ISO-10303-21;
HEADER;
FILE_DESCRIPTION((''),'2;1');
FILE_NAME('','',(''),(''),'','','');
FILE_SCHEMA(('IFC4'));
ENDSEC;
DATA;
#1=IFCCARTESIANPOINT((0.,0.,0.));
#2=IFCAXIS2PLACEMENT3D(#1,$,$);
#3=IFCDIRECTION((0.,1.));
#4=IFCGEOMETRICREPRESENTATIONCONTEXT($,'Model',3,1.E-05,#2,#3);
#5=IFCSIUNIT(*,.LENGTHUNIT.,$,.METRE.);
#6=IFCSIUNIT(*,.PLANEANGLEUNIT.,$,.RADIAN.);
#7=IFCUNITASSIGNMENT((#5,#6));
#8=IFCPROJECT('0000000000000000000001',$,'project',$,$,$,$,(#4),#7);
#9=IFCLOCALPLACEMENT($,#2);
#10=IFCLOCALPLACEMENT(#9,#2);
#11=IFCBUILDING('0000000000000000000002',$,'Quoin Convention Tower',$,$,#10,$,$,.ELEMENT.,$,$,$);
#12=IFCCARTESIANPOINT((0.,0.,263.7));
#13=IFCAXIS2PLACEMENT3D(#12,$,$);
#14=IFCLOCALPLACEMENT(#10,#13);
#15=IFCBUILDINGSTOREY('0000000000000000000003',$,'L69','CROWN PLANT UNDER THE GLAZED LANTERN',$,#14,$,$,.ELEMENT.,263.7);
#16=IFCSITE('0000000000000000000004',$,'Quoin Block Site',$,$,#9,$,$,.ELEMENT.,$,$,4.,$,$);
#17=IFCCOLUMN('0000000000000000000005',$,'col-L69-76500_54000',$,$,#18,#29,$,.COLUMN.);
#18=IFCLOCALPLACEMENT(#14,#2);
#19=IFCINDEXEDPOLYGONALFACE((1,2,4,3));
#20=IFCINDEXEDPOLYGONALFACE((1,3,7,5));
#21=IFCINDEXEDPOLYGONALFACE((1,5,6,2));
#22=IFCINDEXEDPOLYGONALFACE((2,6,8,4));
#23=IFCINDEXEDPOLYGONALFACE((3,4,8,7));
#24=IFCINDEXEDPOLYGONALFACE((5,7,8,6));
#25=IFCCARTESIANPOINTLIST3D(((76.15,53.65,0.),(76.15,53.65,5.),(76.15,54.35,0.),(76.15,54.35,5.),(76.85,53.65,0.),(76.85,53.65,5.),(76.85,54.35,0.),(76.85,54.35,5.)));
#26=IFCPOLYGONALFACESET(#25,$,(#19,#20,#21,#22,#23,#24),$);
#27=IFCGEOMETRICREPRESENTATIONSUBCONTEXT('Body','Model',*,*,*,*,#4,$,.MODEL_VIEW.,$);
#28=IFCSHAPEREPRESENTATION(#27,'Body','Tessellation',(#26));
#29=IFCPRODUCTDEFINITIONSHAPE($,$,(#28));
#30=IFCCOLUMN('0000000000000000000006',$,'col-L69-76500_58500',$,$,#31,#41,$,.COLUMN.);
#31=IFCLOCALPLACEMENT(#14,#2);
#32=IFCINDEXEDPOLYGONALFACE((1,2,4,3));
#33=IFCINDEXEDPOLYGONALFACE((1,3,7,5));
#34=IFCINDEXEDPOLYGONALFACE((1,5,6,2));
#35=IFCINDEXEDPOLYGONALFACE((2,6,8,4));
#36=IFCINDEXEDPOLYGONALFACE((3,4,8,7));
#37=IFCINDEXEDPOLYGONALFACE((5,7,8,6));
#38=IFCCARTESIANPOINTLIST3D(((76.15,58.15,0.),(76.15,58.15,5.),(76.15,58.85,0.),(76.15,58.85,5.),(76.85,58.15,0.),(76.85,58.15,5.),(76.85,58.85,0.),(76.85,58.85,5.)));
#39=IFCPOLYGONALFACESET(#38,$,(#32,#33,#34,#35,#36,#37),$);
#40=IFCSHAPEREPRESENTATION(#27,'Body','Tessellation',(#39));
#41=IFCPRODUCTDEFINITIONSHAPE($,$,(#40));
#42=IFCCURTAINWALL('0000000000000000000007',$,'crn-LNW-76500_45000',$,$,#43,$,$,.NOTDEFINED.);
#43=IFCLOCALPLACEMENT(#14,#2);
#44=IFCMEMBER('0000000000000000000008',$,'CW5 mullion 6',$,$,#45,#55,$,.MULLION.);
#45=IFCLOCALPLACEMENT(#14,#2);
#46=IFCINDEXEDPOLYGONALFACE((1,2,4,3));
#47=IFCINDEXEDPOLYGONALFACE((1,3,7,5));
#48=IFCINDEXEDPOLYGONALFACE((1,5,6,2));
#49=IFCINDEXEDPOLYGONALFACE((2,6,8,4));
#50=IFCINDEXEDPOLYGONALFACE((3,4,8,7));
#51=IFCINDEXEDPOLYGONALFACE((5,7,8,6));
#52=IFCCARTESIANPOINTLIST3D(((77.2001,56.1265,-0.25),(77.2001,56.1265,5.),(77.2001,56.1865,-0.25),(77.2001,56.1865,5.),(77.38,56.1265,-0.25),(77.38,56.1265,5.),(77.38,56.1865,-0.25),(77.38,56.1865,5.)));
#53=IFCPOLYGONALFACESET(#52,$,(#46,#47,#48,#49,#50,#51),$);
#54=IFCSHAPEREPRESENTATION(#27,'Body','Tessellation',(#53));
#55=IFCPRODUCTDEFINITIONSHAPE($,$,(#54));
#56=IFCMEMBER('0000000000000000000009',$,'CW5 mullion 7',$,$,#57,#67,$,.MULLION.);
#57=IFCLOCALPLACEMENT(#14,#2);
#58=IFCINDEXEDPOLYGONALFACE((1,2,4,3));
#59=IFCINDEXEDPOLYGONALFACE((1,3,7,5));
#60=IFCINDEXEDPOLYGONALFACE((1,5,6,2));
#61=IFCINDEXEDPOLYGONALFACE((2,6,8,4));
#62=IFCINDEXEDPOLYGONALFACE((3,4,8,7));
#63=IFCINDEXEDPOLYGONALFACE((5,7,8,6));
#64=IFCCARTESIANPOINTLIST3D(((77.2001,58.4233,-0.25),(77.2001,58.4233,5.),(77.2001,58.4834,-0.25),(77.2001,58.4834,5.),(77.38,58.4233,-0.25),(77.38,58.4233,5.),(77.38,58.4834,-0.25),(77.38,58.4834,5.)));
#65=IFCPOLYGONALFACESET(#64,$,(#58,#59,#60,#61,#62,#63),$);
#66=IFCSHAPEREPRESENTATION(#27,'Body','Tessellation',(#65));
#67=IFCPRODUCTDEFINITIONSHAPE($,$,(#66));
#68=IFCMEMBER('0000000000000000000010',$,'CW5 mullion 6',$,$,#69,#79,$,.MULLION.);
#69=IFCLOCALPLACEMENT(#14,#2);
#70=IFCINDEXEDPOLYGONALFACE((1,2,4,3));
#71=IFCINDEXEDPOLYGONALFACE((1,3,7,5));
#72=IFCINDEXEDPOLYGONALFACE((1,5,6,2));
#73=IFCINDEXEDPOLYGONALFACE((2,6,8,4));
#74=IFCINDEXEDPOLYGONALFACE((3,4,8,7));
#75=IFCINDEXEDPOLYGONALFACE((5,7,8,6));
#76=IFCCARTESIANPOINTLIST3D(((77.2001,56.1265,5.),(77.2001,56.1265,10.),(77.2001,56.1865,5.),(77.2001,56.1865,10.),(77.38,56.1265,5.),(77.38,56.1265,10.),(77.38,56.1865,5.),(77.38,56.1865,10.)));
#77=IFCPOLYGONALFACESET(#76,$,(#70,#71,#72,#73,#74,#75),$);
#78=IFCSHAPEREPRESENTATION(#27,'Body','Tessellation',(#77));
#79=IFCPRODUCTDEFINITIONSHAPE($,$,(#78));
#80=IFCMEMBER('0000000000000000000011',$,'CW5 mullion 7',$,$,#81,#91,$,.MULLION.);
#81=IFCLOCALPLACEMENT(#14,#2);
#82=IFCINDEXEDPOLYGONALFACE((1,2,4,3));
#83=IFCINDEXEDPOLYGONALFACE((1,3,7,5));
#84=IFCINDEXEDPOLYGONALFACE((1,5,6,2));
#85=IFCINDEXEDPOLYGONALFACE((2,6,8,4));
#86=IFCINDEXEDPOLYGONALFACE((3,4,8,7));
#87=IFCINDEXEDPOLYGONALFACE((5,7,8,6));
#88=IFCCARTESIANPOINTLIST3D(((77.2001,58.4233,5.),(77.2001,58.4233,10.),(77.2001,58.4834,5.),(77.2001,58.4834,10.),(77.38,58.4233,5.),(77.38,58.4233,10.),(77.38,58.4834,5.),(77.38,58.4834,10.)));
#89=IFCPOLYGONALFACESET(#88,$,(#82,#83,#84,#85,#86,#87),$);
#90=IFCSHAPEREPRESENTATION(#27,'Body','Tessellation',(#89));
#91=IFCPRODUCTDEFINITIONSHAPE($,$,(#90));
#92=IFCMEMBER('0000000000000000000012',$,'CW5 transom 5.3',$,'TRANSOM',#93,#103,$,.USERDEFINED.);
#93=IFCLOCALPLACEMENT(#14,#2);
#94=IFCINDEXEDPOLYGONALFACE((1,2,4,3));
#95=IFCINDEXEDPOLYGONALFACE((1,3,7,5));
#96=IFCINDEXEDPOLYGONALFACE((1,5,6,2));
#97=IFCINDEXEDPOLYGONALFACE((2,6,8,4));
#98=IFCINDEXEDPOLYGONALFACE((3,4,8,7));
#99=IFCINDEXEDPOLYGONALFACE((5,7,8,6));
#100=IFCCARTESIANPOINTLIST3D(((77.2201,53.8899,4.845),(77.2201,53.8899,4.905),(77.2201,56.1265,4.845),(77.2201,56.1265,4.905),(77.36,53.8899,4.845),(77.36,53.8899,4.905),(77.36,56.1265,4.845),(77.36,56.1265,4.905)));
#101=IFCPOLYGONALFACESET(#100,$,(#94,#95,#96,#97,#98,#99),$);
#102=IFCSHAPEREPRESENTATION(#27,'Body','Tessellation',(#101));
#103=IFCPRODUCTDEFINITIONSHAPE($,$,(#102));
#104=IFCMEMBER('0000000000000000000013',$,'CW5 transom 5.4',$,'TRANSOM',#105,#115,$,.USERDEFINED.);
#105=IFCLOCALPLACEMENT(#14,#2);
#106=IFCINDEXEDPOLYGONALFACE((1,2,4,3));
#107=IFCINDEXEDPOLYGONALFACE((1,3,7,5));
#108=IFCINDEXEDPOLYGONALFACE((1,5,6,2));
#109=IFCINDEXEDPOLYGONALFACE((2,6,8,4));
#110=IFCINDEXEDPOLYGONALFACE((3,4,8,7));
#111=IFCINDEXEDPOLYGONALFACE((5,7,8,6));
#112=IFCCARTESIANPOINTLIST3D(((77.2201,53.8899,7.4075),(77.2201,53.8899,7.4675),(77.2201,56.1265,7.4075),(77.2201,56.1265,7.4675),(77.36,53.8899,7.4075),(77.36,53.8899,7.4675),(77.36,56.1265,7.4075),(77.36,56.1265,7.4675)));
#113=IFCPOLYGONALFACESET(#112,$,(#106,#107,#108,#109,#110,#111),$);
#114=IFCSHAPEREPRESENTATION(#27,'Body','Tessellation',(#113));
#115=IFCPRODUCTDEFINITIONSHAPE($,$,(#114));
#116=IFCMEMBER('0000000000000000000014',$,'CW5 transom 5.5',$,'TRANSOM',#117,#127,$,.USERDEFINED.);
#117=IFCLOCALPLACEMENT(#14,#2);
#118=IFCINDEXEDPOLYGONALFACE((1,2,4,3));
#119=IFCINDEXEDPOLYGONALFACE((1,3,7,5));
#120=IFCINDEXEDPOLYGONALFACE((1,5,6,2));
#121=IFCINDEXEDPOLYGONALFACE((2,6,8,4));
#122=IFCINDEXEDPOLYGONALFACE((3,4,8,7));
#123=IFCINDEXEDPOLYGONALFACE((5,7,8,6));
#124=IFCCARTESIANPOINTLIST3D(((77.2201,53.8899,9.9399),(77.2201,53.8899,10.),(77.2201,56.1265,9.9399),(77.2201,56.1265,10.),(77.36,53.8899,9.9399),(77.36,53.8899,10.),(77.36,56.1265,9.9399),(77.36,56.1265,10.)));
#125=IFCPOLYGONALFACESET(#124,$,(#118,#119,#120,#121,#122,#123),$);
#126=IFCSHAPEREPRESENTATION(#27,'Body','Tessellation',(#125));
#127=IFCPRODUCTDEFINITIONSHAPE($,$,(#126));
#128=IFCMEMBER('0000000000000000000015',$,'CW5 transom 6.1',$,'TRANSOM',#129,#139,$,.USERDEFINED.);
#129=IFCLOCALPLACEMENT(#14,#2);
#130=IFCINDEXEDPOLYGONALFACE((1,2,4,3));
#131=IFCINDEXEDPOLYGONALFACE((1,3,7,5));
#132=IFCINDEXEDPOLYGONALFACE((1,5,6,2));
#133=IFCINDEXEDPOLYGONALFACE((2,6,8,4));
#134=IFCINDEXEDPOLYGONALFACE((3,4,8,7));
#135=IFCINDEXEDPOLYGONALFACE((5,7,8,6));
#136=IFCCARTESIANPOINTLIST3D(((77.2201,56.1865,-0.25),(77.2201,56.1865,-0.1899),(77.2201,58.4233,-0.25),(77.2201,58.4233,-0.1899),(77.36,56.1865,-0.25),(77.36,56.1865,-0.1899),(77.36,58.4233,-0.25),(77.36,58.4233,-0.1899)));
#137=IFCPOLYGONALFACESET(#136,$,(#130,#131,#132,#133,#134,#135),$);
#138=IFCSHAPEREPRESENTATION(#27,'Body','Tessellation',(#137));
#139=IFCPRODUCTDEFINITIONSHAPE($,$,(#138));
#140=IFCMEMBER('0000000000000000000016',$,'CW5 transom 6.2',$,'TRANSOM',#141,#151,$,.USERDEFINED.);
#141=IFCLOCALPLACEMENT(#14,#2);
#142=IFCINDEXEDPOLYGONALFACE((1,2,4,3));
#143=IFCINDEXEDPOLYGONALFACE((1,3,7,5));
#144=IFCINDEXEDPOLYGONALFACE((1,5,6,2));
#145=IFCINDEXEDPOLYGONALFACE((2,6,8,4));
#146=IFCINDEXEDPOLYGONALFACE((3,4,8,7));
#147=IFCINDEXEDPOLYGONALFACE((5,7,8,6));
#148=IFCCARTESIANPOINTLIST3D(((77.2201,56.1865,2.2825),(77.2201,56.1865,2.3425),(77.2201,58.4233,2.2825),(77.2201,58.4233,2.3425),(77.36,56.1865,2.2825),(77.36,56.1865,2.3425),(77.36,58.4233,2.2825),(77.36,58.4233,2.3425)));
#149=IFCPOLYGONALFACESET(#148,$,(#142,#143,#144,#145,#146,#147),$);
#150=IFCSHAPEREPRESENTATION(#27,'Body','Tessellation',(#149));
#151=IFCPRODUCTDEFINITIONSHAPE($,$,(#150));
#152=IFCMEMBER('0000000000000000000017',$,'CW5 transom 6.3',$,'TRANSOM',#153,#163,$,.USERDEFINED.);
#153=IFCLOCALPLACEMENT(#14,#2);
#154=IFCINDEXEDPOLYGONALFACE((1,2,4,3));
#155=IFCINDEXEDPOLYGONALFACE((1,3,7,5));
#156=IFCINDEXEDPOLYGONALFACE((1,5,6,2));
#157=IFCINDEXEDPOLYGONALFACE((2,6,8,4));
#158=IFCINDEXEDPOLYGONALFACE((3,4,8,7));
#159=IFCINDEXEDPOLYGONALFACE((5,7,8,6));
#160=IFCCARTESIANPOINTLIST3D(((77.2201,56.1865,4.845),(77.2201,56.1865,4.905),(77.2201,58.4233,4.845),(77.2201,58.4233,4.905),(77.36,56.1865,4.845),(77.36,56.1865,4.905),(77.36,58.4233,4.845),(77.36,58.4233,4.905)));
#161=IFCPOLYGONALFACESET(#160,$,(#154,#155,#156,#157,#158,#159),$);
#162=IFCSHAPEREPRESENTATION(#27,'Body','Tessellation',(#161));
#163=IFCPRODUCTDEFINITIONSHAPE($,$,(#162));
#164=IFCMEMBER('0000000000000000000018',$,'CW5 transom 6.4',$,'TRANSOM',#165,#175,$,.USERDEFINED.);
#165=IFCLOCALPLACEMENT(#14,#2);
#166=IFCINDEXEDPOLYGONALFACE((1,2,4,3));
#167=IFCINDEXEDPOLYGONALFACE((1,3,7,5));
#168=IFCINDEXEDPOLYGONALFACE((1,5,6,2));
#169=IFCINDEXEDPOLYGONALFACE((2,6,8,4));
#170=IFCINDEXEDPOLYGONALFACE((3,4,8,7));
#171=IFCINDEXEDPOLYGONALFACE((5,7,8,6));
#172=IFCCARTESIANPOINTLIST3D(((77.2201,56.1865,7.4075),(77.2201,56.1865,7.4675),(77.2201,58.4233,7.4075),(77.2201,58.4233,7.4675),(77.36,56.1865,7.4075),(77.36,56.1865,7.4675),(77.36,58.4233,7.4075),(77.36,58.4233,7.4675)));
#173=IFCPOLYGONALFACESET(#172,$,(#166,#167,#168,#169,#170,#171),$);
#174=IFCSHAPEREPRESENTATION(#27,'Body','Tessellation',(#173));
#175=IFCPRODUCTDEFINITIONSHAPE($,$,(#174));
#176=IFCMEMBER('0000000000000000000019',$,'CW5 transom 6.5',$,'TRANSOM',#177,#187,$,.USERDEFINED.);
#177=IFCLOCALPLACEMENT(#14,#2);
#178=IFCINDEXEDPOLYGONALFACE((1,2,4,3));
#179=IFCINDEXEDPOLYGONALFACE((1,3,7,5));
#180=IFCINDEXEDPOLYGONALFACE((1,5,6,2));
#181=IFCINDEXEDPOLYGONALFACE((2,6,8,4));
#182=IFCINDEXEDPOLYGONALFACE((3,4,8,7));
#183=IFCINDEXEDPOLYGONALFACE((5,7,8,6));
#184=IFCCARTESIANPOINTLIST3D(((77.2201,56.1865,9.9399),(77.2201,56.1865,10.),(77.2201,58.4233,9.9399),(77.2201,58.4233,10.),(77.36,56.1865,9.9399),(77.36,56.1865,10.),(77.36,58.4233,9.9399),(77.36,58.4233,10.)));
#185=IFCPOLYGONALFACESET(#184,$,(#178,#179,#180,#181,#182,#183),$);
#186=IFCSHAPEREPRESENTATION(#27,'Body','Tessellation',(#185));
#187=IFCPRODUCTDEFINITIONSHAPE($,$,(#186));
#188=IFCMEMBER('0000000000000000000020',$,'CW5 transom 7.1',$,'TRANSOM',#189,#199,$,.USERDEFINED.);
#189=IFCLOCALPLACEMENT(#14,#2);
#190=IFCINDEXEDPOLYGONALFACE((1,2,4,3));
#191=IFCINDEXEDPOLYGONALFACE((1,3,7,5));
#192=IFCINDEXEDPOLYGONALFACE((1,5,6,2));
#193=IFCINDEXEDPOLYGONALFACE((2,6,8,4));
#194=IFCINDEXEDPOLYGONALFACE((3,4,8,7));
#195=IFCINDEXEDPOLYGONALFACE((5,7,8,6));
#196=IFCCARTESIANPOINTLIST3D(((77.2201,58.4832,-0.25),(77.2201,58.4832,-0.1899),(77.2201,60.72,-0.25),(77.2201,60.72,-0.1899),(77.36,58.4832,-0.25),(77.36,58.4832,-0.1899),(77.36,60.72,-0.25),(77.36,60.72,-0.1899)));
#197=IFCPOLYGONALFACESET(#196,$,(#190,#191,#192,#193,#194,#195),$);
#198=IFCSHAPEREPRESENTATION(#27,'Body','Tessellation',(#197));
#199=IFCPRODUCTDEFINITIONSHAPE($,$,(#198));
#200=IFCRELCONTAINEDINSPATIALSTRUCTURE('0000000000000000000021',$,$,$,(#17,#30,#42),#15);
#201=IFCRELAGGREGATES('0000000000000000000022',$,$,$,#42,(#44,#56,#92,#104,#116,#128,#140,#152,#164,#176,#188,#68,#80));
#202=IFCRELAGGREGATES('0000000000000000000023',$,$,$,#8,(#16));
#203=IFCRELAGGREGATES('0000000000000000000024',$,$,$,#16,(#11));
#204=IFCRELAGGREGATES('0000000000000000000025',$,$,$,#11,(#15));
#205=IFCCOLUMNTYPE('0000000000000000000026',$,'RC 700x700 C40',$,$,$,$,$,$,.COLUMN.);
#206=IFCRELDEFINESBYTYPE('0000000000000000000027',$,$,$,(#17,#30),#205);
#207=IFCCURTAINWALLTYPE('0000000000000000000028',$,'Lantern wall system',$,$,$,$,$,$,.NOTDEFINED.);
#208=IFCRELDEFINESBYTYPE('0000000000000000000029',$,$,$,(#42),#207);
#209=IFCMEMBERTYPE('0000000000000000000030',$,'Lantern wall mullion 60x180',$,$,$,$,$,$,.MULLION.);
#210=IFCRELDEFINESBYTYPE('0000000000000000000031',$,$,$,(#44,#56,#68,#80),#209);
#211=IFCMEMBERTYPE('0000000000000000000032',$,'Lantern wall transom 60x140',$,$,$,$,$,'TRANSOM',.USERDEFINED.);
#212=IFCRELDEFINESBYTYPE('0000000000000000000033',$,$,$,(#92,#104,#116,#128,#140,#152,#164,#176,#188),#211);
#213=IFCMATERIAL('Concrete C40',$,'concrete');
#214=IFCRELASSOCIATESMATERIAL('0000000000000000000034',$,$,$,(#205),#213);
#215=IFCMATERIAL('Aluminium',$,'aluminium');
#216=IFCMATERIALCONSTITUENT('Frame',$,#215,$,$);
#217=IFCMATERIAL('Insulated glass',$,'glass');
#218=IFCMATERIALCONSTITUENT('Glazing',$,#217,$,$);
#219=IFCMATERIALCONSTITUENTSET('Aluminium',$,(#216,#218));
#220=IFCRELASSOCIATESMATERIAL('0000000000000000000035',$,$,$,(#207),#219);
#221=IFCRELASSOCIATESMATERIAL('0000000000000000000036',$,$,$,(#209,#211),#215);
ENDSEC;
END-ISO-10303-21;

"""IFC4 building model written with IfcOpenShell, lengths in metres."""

from ifc_helpers import new_model, si_unit, direction, frame, origin, origin_2d, place, context, subcontext, project, spatial, rectangle, extrude, material, constituent, constituent_set, material_profile, profile_set, type_object, element, aggregate, save


model = new_model("IFC4")

# Units and contexts
model_context = context("Model", 3, precision=1e-05, world=origin(), true_north=direction((0.0, 1.0)))
body_context = subcontext(model_context, "Body", "Model", "MODEL_VIEW")
ifc_project = project(units=[si_unit("LENGTHUNIT", "METRE"), si_unit("PLANEANGLEUNIT", "RADIAN")], contexts=[model_context])

# Site, building, storey
site_placement = place(None, origin())
site = spatial("IfcSite", under=ifc_project, at=site_placement, Name="Quoin Block Site", CompositionType="ELEMENT", RefElevation=4.0)
building_placement = place(site_placement, origin())
building = spatial("IfcBuilding", under=site, at=building_placement, Name="Quoin Convention Tower", CompositionType="ELEMENT")
storey_placement = place(building_placement, frame((0.0, 0.0, 263.7)))
storey = spatial("IfcBuildingStorey", under=building, at=storey_placement, Name="L69", Description="CROWN PLANT UNDER THE GLAZED LANTERN", CompositionType="ELEMENT", Elevation=263.7)

# Columns
ifc_material_1 = material(Name="Concrete C40", Category="concrete")
ifc_material_profile_1 = material_profile(ifc_material_1, rectangle(XDim=0.7, YDim=0.7, at=origin_2d()), Name="RC 700x700")
ifc_profile_set_1 = profile_set([ifc_material_profile_1], Name="Concrete C40")
column_type = type_object("IfcColumnType", Name="RC 700x700 C40", PredefinedType="COLUMN", material=ifc_profile_set_1)
for number, where, z_axis, x_axis, name in (
    (1, (76.5, 54.0, 0.0), (0.0, 0.0, 1.0), (1.0, 0.0, 0.0), "col-L69-76500_54000"),
    (2, (76.5, 58.5, 0.0), (0.0, 0.0, 1.0), (1.0, 0.0, 0.0), "col-L69-76500_58500"),
):
    element("IfcColumn", number, at=place(storey_placement, frame(where, z_axis=z_axis, x_axis=x_axis)), inside=storey, type_object=column_type, Name=name, PredefinedType="COLUMN", context=body_context, shape_type="SweptSolid", body=[
        extrude(rectangle(XDim=0.7, YDim=0.7, at=origin_2d()), origin(), (0.0, 0.0, 1.0), 5.0),
    ])

# Curtain wall, members
ifc_material_2 = material(Name="Aluminium", Category="aluminium")
ifc_constituent_1 = constituent(ifc_material_2, Name="Frame")
ifc_material_3 = material(Name="Insulated glass", Category="glass")
ifc_constituent_2 = constituent(ifc_material_3, Name="Glazing")
ifc_constituent_set = constituent_set(constituents=[ifc_constituent_1, ifc_constituent_2], Name="Aluminium")
curtain_wall_type = type_object("IfcCurtainWallType", Name="Lantern wall system", PredefinedType="NOTDEFINED", material=ifc_constituent_set)
curtain_wall_placement = place(storey_placement, origin())
curtain_wall = element("IfcCurtainWall", 3, at=curtain_wall_placement, inside=storey, type_object=curtain_wall_type, Name="crn-LNW-76500_45000", PredefinedType="NOTDEFINED")
ifc_material_profile_2 = material_profile(ifc_material_2, rectangle(XDim=0.1799, YDim=0.0601, at=origin_2d()), Name="Lantern wall mullion 60x180")
ifc_profile_set_2 = profile_set([ifc_material_profile_2], Name="Aluminium")
member_type_1 = type_object("IfcMemberType", Name="Lantern wall mullion 60x180", PredefinedType="MULLION", material=ifc_profile_set_2)
member_1_placement = place(storey_placement, frame((77.29, 56.1565, -0.25), z_axis=(0.0, 0.0, 1.0), x_axis=(-1.0, 0.0, 0.0)))
member_1 = element("IfcMember", 4, at=member_1_placement, type_object=member_type_1, Name="CW5 mullion 6", PredefinedType="MULLION", context=body_context, shape_type="SweptSolid", body=[
    extrude(rectangle(XDim=0.1799, YDim=0.0601, at=origin_2d()), origin(), (0.0, 0.0, 1.0), 5.25),
])
member_2_placement = place(storey_placement, frame((77.29, 58.4534, -0.25), z_axis=(0.0, 0.0, 1.0), x_axis=(-1.0, 0.0, 0.0)))
member_2 = element("IfcMember", 5, at=member_2_placement, type_object=member_type_1, Name="CW5 mullion 7", PredefinedType="MULLION", context=body_context, shape_type="SweptSolid", body=[
    extrude(rectangle(XDim=0.1799, YDim=0.0601, at=origin_2d()), origin(), (0.0, 0.0, 1.0), 5.25),
])
member_3_placement = place(storey_placement, frame((77.29, 56.1565, 5.0), z_axis=(0.0, 0.0, 1.0), x_axis=(-1.0, 0.0, 0.0)))
member_3 = element("IfcMember", 6, at=member_3_placement, type_object=member_type_1, Name="CW5 mullion 6", PredefinedType="MULLION", context=body_context, shape_type="SweptSolid", body=[
    extrude(rectangle(XDim=0.1799, YDim=0.0601, at=origin_2d()), origin(), (0.0, 0.0, 1.0), 5.0),
])
member_4_placement = place(storey_placement, frame((77.29, 58.4534, 5.0), z_axis=(0.0, 0.0, 1.0), x_axis=(-1.0, 0.0, 0.0)))
member_4 = element("IfcMember", 7, at=member_4_placement, type_object=member_type_1, Name="CW5 mullion 7", PredefinedType="MULLION", context=body_context, shape_type="SweptSolid", body=[
    extrude(rectangle(XDim=0.1799, YDim=0.0601, at=origin_2d()), origin(), (0.0, 0.0, 1.0), 5.0),
])
ifc_material_profile_3 = material_profile(ifc_material_2, rectangle(XDim=0.1399, YDim=0.0601, at=origin_2d()), Name="Lantern wall transom 60x140")
ifc_profile_set_3 = profile_set([ifc_material_profile_3], Name="Aluminium")
member_type_2 = type_object("IfcMemberType", Name="Lantern wall transom 60x140", ElementType="TRANSOM", PredefinedType="USERDEFINED", material=ifc_profile_set_3)
member_5_placement = place(storey_placement, frame((77.29, 53.8899, 4.875), z_axis=(0.0, 1.0, 0.0), x_axis=(-1.0, 0.0, 0.0)))
member_5 = element("IfcMember", 8, at=member_5_placement, type_object=member_type_2, Name="CW5 transom 5.3", ObjectType="TRANSOM", PredefinedType="USERDEFINED", context=body_context, shape_type="SweptSolid", body=[
    extrude(rectangle(XDim=0.1399, YDim=0.0601, at=origin_2d()), origin(), (0.0, 0.0, 1.0), 2.2366),
])
member_6_placement = place(storey_placement, frame((77.29, 53.8899, 7.4375), z_axis=(0.0, 1.0, 0.0), x_axis=(-1.0, 0.0, 0.0)))
member_6 = element("IfcMember", 9, at=member_6_placement, type_object=member_type_2, Name="CW5 transom 5.4", ObjectType="TRANSOM", PredefinedType="USERDEFINED", context=body_context, shape_type="SweptSolid", body=[
    extrude(rectangle(XDim=0.1399, YDim=0.0601, at=origin_2d()), origin(), (0.0, 0.0, 1.0), 2.2366),
])
member_7_placement = place(storey_placement, frame((77.29, 53.8899, 9.97), z_axis=(0.0, 1.0, 0.0), x_axis=(-1.0, 0.0, 0.0)))
member_7 = element("IfcMember", 10, at=member_7_placement, type_object=member_type_2, Name="CW5 transom 5.5", ObjectType="TRANSOM", PredefinedType="USERDEFINED", context=body_context, shape_type="SweptSolid", body=[
    extrude(rectangle(XDim=0.1399, YDim=0.0601, at=origin_2d()), origin(), (0.0, 0.0, 1.0), 2.2366),
])
member_8_placement = place(storey_placement, frame((77.29, 56.1865, -0.22), z_axis=(0.0, 1.0, 0.0), x_axis=(-1.0, 0.0, 0.0)))
member_8 = element("IfcMember", 11, at=member_8_placement, type_object=member_type_2, Name="CW5 transom 6.1", ObjectType="TRANSOM", PredefinedType="USERDEFINED", context=body_context, shape_type="SweptSolid", body=[
    extrude(rectangle(XDim=0.1399, YDim=0.0601, at=origin_2d()), origin(), (0.0, 0.0, 1.0), 2.2368),
])
member_9_placement = place(storey_placement, frame((77.29, 56.1865, 2.3125), z_axis=(0.0, 1.0, 0.0), x_axis=(-1.0, 0.0, 0.0)))
member_9 = element("IfcMember", 12, at=member_9_placement, type_object=member_type_2, Name="CW5 transom 6.2", ObjectType="TRANSOM", PredefinedType="USERDEFINED", context=body_context, shape_type="SweptSolid", body=[
    extrude(rectangle(XDim=0.1399, YDim=0.0601, at=origin_2d()), origin(), (0.0, 0.0, 1.0), 2.2368),
])
member_10_placement = place(storey_placement, frame((77.29, 56.1865, 4.875), z_axis=(0.0, 1.0, 0.0), x_axis=(-1.0, 0.0, 0.0)))
member_10 = element("IfcMember", 13, at=member_10_placement, type_object=member_type_2, Name="CW5 transom 6.3", ObjectType="TRANSOM", PredefinedType="USERDEFINED", context=body_context, shape_type="SweptSolid", body=[
    extrude(rectangle(XDim=0.1399, YDim=0.0601, at=origin_2d()), origin(), (0.0, 0.0, 1.0), 2.2368),
])
member_11_placement = place(storey_placement, frame((77.29, 56.1865, 7.4375), z_axis=(0.0, 1.0, 0.0), x_axis=(-1.0, 0.0, 0.0)))
member_11 = element("IfcMember", 14, at=member_11_placement, type_object=member_type_2, Name="CW5 transom 6.4", ObjectType="TRANSOM", PredefinedType="USERDEFINED", context=body_context, shape_type="SweptSolid", body=[
    extrude(rectangle(XDim=0.1399, YDim=0.0601, at=origin_2d()), origin(), (0.0, 0.0, 1.0), 2.2368),
])
member_12_placement = place(storey_placement, frame((77.29, 56.1865, 9.97), z_axis=(0.0, 1.0, 0.0), x_axis=(-1.0, 0.0, 0.0)))
member_12 = element("IfcMember", 15, at=member_12_placement, type_object=member_type_2, Name="CW5 transom 6.5", ObjectType="TRANSOM", PredefinedType="USERDEFINED", context=body_context, shape_type="SweptSolid", body=[
    extrude(rectangle(XDim=0.1399, YDim=0.0601, at=origin_2d()), origin(), (0.0, 0.0, 1.0), 2.2368),
])
member_13_placement = place(storey_placement, frame((77.29, 58.4832, -0.22), z_axis=(0.0, 1.0, 0.0), x_axis=(-1.0, 0.0, 0.0)))
member_13 = element("IfcMember", 16, at=member_13_placement, type_object=member_type_2, Name="CW5 transom 7.1", ObjectType="TRANSOM", PredefinedType="USERDEFINED", context=body_context, shape_type="SweptSolid", body=[
    extrude(rectangle(XDim=0.1399, YDim=0.0601, at=origin_2d()), origin(), (0.0, 0.0, 1.0), 2.2368),
])

aggregate(curtain_wall, [member_1, member_2, member_5, member_6, member_7, member_8, member_9, member_10, member_11, member_12, member_13, member_3, member_4])

save(model, "model.ifc")
